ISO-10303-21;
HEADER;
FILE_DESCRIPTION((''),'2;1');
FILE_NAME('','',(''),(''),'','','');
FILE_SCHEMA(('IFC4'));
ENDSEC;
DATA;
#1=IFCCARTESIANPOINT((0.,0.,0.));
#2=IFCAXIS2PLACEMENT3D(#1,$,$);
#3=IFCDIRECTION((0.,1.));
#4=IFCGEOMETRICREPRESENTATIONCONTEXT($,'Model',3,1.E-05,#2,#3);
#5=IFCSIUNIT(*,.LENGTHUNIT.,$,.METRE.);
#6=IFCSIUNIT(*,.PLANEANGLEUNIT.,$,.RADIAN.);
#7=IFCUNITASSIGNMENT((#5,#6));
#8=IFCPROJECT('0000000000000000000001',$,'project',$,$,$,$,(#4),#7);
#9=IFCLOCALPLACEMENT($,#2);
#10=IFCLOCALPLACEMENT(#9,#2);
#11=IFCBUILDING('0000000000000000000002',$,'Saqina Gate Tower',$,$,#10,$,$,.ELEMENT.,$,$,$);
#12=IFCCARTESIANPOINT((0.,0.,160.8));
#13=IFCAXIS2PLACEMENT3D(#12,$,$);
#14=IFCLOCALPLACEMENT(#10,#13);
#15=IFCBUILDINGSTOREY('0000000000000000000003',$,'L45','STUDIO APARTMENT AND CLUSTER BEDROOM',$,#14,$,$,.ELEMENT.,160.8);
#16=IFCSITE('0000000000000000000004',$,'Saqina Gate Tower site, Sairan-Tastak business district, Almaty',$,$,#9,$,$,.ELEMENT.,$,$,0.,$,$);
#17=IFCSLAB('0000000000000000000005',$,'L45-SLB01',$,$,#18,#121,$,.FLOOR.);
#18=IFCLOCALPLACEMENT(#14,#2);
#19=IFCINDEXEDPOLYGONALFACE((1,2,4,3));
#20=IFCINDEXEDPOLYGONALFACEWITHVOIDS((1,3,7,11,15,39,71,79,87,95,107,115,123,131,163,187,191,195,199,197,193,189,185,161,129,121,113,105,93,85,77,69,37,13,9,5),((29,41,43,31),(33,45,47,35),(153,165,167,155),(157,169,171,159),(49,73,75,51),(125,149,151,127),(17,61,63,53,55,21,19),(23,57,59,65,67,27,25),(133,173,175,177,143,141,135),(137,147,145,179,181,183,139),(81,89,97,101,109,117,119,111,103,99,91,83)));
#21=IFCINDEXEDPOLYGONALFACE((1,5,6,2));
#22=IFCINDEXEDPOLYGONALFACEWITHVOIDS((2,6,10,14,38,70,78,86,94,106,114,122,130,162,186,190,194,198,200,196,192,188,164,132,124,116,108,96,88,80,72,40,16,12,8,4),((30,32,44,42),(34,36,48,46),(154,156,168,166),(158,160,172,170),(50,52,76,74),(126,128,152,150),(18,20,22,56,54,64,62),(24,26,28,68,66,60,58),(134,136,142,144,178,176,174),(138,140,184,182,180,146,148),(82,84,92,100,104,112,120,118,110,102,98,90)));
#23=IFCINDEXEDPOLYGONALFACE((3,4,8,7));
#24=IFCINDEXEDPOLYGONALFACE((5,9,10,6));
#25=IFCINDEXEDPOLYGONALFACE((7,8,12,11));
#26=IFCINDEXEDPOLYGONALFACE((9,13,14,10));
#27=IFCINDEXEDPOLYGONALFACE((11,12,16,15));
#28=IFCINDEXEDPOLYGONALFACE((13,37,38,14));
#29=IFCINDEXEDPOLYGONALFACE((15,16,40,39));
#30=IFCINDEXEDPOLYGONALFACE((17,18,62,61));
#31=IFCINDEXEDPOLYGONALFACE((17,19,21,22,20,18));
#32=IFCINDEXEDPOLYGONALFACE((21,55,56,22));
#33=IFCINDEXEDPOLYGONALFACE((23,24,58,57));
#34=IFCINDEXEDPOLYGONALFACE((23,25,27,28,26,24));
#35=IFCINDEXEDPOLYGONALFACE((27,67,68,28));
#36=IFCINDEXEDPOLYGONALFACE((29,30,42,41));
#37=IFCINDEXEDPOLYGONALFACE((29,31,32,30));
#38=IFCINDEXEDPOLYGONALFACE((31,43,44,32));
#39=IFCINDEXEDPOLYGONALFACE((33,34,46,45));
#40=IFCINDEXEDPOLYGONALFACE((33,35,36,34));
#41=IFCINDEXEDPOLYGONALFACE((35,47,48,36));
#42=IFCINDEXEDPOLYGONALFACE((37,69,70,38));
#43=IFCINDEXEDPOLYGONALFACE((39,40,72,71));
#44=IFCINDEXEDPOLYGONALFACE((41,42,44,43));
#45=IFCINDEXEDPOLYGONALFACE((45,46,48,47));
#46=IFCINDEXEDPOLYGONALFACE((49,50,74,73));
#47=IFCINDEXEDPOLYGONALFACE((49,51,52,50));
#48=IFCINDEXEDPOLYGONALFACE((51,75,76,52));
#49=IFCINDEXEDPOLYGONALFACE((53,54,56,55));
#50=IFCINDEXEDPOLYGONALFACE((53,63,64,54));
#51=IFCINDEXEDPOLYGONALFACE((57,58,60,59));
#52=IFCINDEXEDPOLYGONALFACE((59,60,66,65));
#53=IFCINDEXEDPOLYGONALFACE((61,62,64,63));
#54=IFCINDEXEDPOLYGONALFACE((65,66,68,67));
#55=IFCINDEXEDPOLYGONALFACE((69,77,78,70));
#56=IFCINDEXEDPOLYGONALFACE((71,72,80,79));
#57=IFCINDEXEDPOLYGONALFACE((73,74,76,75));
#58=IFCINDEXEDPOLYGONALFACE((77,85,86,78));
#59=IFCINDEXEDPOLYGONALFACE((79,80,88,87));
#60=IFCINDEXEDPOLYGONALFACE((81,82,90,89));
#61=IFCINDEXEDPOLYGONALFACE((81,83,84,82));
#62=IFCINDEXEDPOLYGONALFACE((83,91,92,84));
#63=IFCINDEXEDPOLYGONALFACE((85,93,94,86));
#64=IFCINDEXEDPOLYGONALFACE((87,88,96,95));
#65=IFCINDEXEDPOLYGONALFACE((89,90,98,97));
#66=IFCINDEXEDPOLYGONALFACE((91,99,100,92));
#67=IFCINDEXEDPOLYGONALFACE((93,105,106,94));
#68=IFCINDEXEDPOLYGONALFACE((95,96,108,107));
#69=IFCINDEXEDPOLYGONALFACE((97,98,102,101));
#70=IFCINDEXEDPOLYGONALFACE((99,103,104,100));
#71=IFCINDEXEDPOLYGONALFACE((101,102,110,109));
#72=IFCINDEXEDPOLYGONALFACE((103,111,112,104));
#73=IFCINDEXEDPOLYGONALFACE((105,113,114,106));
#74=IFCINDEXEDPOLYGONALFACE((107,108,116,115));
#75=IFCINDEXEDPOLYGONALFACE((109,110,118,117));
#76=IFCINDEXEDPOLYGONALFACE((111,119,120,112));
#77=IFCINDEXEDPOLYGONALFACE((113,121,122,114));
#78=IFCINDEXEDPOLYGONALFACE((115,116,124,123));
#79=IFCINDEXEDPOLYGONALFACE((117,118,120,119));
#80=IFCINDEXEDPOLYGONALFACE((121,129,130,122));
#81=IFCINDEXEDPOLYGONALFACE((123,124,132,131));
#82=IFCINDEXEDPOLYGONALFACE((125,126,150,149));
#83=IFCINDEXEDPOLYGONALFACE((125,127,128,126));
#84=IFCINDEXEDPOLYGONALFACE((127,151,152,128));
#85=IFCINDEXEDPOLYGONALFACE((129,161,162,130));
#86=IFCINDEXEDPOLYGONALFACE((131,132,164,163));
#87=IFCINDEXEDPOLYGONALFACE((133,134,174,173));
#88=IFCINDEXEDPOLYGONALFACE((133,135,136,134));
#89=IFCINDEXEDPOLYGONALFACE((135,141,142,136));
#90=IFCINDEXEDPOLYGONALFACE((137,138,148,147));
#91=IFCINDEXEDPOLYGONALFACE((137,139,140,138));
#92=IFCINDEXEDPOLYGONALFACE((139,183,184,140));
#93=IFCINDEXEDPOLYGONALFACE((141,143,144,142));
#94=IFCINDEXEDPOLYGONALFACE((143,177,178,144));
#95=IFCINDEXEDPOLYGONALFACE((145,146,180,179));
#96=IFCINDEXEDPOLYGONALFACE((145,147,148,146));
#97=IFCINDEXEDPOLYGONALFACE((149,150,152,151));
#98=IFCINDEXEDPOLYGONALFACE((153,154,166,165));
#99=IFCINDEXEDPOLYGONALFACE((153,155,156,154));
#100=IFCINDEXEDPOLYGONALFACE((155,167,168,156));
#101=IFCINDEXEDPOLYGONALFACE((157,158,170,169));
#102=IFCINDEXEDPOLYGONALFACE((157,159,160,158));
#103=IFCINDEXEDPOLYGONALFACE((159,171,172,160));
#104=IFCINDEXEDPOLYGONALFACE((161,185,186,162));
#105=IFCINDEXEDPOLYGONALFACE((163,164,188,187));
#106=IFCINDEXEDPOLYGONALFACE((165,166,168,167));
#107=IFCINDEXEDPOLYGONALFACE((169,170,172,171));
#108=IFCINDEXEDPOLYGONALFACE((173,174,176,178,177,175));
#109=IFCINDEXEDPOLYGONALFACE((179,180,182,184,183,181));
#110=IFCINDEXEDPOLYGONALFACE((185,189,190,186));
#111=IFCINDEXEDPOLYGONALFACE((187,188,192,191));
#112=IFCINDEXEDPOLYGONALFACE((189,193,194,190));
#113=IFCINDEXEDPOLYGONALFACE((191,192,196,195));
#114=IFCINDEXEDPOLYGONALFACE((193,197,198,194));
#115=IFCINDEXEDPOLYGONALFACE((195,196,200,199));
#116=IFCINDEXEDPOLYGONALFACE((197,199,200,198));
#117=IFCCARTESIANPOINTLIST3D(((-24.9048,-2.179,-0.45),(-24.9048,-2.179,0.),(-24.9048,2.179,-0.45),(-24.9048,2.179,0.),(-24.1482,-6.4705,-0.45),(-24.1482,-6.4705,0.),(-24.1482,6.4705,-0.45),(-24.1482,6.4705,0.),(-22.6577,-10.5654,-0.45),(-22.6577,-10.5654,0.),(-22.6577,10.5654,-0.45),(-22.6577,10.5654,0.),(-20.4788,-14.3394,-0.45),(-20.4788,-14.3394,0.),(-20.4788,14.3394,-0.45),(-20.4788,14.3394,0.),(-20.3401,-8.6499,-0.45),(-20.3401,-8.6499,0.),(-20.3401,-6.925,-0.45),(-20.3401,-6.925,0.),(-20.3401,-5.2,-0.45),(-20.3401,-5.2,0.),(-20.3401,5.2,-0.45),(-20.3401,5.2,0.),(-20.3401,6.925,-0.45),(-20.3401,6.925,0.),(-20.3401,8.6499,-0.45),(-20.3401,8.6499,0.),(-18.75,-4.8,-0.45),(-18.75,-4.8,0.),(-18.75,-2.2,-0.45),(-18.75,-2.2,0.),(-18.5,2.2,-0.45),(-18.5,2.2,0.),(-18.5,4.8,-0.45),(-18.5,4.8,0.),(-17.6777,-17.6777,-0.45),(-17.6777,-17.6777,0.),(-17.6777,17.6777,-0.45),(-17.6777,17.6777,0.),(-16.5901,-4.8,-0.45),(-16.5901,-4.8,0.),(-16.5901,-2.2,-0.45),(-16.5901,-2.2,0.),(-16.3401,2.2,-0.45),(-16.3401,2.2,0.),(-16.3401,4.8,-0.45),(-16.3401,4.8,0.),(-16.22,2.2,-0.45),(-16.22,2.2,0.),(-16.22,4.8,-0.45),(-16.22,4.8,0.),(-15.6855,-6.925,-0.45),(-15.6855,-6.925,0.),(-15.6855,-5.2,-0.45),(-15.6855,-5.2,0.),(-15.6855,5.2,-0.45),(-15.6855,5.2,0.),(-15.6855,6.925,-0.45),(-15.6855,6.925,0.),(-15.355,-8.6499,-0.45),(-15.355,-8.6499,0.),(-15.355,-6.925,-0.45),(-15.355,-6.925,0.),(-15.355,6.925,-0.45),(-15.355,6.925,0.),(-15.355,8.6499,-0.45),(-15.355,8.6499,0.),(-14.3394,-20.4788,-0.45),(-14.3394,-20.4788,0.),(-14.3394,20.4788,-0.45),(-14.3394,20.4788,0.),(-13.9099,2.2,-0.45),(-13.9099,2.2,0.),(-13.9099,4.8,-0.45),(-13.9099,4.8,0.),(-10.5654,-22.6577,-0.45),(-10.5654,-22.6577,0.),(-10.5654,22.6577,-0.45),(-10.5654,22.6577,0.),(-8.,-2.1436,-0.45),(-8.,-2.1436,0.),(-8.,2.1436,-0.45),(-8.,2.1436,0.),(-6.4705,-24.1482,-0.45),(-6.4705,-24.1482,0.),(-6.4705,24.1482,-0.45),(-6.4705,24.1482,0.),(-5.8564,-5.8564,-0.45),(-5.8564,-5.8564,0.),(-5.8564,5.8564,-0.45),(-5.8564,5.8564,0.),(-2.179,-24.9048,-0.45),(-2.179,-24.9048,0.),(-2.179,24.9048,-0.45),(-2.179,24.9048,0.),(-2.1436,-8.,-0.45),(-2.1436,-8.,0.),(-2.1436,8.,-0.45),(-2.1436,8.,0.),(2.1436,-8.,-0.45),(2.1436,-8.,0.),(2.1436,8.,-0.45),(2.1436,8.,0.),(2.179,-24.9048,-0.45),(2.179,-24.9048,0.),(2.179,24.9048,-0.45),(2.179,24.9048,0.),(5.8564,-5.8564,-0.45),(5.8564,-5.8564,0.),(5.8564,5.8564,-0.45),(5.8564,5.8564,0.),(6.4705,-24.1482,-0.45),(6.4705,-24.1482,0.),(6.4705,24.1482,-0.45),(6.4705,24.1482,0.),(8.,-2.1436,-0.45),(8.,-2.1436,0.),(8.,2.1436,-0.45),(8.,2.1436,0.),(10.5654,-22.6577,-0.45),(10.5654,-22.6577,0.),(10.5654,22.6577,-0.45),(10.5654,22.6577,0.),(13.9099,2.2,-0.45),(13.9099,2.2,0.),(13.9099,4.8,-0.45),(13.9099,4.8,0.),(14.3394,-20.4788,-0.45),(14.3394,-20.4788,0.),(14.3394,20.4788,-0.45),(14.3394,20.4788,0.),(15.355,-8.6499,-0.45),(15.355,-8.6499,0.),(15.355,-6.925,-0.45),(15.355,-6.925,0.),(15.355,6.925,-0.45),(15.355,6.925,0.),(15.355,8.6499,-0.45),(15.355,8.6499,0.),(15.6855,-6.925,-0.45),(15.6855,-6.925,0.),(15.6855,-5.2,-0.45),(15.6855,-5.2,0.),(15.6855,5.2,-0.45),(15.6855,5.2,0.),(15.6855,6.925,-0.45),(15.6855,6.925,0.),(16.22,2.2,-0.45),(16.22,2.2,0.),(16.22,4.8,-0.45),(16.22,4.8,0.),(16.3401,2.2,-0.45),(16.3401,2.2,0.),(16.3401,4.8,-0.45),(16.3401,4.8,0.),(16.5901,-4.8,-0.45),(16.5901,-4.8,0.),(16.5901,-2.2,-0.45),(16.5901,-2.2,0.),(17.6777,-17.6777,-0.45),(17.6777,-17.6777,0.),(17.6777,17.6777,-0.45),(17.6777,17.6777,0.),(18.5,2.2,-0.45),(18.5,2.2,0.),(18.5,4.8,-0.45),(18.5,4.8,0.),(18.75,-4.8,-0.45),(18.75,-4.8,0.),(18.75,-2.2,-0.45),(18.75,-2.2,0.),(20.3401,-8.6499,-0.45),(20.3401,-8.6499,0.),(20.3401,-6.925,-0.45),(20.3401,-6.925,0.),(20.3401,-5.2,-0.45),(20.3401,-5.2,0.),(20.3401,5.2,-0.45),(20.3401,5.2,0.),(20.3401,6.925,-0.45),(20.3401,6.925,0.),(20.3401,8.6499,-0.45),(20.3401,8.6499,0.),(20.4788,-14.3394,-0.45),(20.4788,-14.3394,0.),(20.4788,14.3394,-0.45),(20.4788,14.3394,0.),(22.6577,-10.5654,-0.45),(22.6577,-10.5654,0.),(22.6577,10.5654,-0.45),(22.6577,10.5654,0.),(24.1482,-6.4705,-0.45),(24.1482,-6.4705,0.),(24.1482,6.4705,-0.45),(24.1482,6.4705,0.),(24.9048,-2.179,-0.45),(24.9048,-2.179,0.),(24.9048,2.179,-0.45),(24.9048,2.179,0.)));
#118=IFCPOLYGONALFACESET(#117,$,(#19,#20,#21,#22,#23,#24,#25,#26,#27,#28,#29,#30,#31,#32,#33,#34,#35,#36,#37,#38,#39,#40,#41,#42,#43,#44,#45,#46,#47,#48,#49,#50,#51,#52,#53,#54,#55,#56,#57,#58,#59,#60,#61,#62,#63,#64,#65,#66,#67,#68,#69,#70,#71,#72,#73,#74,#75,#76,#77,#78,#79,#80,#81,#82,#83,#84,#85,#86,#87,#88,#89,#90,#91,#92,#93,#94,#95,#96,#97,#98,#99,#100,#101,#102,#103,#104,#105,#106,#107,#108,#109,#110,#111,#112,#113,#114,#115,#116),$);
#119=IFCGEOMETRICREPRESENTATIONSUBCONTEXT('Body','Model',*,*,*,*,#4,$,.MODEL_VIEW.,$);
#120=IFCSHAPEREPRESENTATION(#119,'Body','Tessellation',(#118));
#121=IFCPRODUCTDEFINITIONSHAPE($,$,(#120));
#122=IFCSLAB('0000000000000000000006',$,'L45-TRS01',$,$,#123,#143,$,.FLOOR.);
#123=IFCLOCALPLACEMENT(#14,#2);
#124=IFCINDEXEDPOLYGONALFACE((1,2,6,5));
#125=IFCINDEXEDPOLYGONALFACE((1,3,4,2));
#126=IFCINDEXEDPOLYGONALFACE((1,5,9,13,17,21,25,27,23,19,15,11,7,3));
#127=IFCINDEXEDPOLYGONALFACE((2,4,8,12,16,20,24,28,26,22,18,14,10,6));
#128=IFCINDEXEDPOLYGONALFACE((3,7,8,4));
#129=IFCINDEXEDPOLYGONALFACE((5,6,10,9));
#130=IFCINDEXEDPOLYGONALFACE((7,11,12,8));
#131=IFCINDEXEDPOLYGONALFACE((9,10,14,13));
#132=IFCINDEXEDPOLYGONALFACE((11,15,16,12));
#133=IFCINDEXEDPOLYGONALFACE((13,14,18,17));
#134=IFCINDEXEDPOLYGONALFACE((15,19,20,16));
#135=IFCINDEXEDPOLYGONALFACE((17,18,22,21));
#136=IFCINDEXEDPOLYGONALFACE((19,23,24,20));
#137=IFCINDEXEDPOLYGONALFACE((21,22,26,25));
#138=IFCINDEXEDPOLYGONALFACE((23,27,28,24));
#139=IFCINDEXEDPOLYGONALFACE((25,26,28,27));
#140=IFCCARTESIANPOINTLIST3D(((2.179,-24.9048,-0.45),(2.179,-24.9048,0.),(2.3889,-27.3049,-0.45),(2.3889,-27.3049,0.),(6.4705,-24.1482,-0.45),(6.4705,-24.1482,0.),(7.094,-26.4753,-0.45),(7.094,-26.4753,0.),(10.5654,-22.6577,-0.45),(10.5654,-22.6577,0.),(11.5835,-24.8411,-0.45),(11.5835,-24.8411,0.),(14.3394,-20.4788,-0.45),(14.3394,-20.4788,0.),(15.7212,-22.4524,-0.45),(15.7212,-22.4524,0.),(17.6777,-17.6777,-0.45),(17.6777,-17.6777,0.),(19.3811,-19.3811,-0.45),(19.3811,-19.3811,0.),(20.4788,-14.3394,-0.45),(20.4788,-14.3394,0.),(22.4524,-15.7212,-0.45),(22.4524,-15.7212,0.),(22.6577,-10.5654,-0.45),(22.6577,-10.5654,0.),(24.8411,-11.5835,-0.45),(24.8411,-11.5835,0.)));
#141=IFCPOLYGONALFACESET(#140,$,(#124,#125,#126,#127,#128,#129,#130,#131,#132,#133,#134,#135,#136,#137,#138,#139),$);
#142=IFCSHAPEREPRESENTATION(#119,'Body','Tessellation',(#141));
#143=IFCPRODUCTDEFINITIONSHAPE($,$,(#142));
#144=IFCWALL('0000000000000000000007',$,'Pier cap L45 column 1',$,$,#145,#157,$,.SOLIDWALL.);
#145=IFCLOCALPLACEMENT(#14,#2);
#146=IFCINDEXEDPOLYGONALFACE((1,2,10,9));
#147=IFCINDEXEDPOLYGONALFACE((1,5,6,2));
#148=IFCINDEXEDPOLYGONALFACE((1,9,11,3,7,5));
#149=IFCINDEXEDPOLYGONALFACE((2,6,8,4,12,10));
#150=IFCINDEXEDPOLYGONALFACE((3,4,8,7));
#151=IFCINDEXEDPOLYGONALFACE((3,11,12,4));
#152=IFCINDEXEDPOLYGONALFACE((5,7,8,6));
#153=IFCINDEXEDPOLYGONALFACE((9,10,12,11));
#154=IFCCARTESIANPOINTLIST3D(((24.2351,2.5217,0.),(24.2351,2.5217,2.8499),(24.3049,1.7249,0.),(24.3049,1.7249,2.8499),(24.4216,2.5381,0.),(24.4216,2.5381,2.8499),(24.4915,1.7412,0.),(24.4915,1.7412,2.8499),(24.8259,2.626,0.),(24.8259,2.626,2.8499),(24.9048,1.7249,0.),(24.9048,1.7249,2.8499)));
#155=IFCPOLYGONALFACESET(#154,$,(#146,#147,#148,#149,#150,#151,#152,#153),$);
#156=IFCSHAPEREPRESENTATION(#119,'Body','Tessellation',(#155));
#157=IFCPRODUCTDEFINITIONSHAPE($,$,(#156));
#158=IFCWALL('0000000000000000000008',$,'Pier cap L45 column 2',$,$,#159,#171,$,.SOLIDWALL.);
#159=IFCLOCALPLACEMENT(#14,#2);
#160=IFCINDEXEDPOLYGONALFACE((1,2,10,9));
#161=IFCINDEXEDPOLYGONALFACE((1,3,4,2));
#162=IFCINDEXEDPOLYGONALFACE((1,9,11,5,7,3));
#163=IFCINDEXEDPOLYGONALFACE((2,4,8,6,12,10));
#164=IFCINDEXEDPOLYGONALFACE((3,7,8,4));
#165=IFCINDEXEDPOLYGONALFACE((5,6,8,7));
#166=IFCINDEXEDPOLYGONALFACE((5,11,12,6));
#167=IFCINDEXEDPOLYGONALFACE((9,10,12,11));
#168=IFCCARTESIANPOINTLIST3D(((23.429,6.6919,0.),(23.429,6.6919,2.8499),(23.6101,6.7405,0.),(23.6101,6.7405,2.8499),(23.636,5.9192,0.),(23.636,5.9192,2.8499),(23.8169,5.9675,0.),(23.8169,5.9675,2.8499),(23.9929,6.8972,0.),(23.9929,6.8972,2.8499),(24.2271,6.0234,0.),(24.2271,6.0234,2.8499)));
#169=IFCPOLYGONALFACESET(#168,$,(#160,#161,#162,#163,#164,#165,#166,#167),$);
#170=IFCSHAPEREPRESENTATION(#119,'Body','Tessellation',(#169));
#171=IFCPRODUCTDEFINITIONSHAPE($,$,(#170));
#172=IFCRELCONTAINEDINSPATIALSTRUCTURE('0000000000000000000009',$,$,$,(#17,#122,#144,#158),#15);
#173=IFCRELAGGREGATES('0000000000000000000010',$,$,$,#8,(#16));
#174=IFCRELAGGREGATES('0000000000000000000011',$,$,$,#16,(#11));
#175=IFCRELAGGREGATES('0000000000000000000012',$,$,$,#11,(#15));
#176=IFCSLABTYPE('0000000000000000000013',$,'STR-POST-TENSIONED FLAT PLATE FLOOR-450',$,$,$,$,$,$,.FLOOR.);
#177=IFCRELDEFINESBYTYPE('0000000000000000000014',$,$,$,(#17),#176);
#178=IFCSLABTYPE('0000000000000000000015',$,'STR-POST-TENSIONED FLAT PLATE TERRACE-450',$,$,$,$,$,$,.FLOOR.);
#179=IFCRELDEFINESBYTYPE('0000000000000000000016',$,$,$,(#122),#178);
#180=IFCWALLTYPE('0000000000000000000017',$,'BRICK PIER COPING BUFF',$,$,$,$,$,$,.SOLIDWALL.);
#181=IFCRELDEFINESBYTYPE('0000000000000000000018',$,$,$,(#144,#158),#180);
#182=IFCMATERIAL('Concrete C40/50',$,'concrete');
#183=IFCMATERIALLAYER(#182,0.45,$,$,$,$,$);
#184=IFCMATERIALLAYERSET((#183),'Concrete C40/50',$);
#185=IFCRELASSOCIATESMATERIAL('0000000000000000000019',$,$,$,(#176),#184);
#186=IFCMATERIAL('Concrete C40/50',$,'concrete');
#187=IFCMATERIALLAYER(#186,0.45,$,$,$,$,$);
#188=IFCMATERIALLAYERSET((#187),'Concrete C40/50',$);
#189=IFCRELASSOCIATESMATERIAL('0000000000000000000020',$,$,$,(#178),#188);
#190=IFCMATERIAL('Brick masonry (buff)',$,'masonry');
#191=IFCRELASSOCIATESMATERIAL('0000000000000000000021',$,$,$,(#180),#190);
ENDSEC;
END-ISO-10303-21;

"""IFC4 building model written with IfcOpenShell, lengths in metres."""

from ifc_helpers import new_model, si_unit, direction, frame, origin, place, context, subcontext, project, spatial, polyline, outline, extrude, material, layer, layer_set, type_object, element, save


model = new_model("IFC4")

# Units and contexts
model_context = context("Model", 3, precision=1e-05, world=origin(), true_north=direction((0.0, 1.0)))
body_context = subcontext(model_context, "Body", "Model", "MODEL_VIEW")
ifc_project = project(units=[si_unit("LENGTHUNIT", "METRE"), si_unit("PLANEANGLEUNIT", "RADIAN")], contexts=[model_context])

# Site, building, storey
site_placement = place(None, origin())
site = spatial("IfcSite", under=ifc_project, at=site_placement, Name="Saqina Gate Tower site, Sairan-Tastak business district, Almaty", CompositionType="ELEMENT", RefElevation=0.0)
building_placement = place(site_placement, origin())
building = spatial("IfcBuilding", under=site, at=building_placement, Name="Saqina Gate Tower", CompositionType="ELEMENT")
storey_placement = place(building_placement, frame((0.0, 0.0, 160.8)))
storey = spatial("IfcBuildingStorey", under=building, at=storey_placement, Name="L45", Description="STUDIO APARTMENT AND CLUSTER BEDROOM", CompositionType="ELEMENT", Elevation=160.8)

# Slabs
ifc_material_1 = material(Name="Concrete C40/50", Category="concrete")
ifc_layer_1 = layer(ifc_material_1, 0.45)
ifc_layer_set_1 = layer_set([ifc_layer_1], Name="Concrete C40/50")
slab_type_1 = type_object("IfcSlabType", Name="STR-POST-TENSIONED FLAT PLATE FLOOR-450", PredefinedType="FLOOR", material=ifc_layer_set_1)
slab_1_placement = place(storey_placement, frame((0.0, 0.0, -0.45)))
element("IfcSlab", 1, at=slab_1_placement, inside=storey, type_object=slab_type_1, Name="L45-SLB01", PredefinedType="FLOOR", context=body_context, shape_type="SweptSolid", body=[
    extrude(outline(polyline([(24.1482, -6.4705), (24.9048, -2.179), (24.9048, 2.179), (24.1482, 6.4705), (22.6577, 10.5654), (20.4788, 14.3394), (17.6777, 17.6777), (14.3394, 20.4788), (10.5654, 22.6577), (6.4705, 24.1482), (2.179, 24.9048), (-2.179, 24.9048), (-6.4705, 24.1482), (-10.5654, 22.6577), (-14.3394, 20.4788), (-17.6777, 17.6777), (-20.4788, 14.3394), (-22.6577, 10.5654), (-24.1482, 6.4705), (-24.9048, 2.179), (-24.9048, -2.179), (-24.1482, -6.4705), (-22.6577, -10.5654), (-20.4788, -14.3394), (-17.6777, -17.6777), (-14.3394, -20.4788), (-10.5654, -22.6577), (-6.4705, -24.1482), (-2.179, -24.9048), (2.179, -24.9048), (6.4705, -24.1482), (10.5654, -22.6577), (14.3394, -20.4788), (17.6777, -17.6777), (20.4788, -14.3394), (22.6577, -10.5654), (24.1482, -6.4705)]), holes=[polyline([(2.1436, 8.0), (5.8564, 5.8564), (8.0, 2.1436), (8.0, -2.1436), (5.8564, -5.8564), (2.1436, -8.0), (-2.1436, -8.0), (-5.8564, -5.8564), (-8.0, -2.1436), (-8.0, 2.1436), (-5.8564, 5.8564), (-2.1436, 8.0), (2.1436, 8.0)]), polyline([(-15.355, -8.6499), (-20.3401, -8.6499), (-20.3401, -6.925), (-20.3401, -5.2), (-15.6855, -5.2), (-15.6855, -6.925), (-15.355, -6.925), (-15.355, -8.6499)]), polyline([(-16.5901, -2.2), (-16.5901, -4.8), (-18.75, -4.8), (-18.75, -2.2), (-16.5901, -2.2)]), polyline([(-16.3401, 4.8), (-16.3401, 2.2), (-18.5, 2.2), (-18.5, 4.8), (-16.3401, 4.8)]), polyline([(-13.9099, 4.8), (-13.9099, 2.2), (-16.22, 2.2), (-16.22, 4.8), (-13.9099, 4.8)]), polyline([(-20.3401, 6.925), (-20.3401, 8.6499), (-15.355, 8.6499), (-15.355, 6.925), (-15.6855, 6.925), (-15.6855, 5.2), (-20.3401, 5.2), (-20.3401, 6.925)]), polyline([(15.355, -8.6499), (15.355, -6.925), (15.6855, -6.925), (15.6855, -5.2), (20.3401, -5.2), (20.3401, -6.925), (20.3401, -8.6499), (15.355, -8.6499)]), polyline([(18.75, -2.2), (18.75, -4.8), (16.5901, -4.8), (16.5901, -2.2), (18.75, -2.2)]), polyline([(16.22, 4.8), (16.22, 2.2), (13.9099, 2.2), (13.9099, 4.8), (16.22, 4.8)]), polyline([(18.5, 4.8), (18.5, 2.2), (16.3401, 2.2), (16.3401, 4.8), (18.5, 4.8)]), polyline([(15.6855, 6.925), (15.355, 6.925), (15.355, 8.6499), (20.3401, 8.6499), (20.3401, 6.925), (20.3401, 5.2), (15.6855, 5.2), (15.6855, 6.925)])]), origin(), (0.0, 0.0, 1.0), 0.45),
])
ifc_material_2 = material(Name="Concrete C40/50", Category="concrete")
ifc_layer_2 = layer(ifc_material_2, 0.45)
ifc_layer_set_2 = layer_set([ifc_layer_2], Name="Concrete C40/50")
slab_type_2 = type_object("IfcSlabType", Name="STR-POST-TENSIONED FLAT PLATE TERRACE-450", PredefinedType="FLOOR", material=ifc_layer_set_2)
slab_2_placement = place(storey_placement, frame((0.0, 0.0, -0.45)))
element("IfcSlab", 2, at=slab_2_placement, inside=storey, type_object=slab_type_2, Name="L45-TRS01", PredefinedType="FLOOR", context=body_context, shape_type="SweptSolid", body=[
    extrude(outline(polyline([(2.179, -24.9048), (6.4705, -24.1482), (10.5654, -22.6577), (14.3394, -20.4788), (17.6777, -17.6777), (20.4788, -14.3394), (22.6577, -10.5654), (24.8411, -11.5835), (22.4524, -15.7212), (19.3811, -19.3811), (15.7212, -22.4524), (11.5835, -24.8411), (7.094, -26.4753), (2.3889, -27.3049), (2.179, -24.9048)])), origin(), (0.0, 0.0, 1.0), 0.45),
])

# Walls
ifc_material_3 = material(Name="Brick masonry (buff)", Category="masonry")
wall_type = type_object("IfcWallType", Name="BRICK PIER COPING BUFF", PredefinedType="SOLIDWALL", material=ifc_material_3)
wall_1_placement = place(storey_placement, origin())
element("IfcWall", 3, at=wall_1_placement, inside=storey, type_object=wall_type, Name="Pier cap L45 column 1", PredefinedType="SOLIDWALL", context=body_context, shape_type="SweptSolid", body=[
    extrude(outline(polyline([(24.9048, 1.7249), (24.8259, 2.626), (24.2351, 2.5217), (24.4216, 2.5381), (24.4915, 1.7412), (24.3049, 1.7249), (24.9048, 1.7249)])), origin(), (0.0, 0.0, 1.0), 2.8499),
])
wall_2_placement = place(storey_placement, origin())
element("IfcWall", 4, at=wall_2_placement, inside=storey, type_object=wall_type, Name="Pier cap L45 column 2", PredefinedType="SOLIDWALL", context=body_context, shape_type="SweptSolid", body=[
    extrude(outline(polyline([(24.2271, 6.0234), (23.9929, 6.8972), (23.429, 6.6919), (23.6101, 6.7405), (23.8169, 5.9675), (23.636, 5.9192), (24.2271, 6.0234)])), origin(), (0.0, 0.0, 1.0), 2.8499),
])

save(model, "model.ifc")
